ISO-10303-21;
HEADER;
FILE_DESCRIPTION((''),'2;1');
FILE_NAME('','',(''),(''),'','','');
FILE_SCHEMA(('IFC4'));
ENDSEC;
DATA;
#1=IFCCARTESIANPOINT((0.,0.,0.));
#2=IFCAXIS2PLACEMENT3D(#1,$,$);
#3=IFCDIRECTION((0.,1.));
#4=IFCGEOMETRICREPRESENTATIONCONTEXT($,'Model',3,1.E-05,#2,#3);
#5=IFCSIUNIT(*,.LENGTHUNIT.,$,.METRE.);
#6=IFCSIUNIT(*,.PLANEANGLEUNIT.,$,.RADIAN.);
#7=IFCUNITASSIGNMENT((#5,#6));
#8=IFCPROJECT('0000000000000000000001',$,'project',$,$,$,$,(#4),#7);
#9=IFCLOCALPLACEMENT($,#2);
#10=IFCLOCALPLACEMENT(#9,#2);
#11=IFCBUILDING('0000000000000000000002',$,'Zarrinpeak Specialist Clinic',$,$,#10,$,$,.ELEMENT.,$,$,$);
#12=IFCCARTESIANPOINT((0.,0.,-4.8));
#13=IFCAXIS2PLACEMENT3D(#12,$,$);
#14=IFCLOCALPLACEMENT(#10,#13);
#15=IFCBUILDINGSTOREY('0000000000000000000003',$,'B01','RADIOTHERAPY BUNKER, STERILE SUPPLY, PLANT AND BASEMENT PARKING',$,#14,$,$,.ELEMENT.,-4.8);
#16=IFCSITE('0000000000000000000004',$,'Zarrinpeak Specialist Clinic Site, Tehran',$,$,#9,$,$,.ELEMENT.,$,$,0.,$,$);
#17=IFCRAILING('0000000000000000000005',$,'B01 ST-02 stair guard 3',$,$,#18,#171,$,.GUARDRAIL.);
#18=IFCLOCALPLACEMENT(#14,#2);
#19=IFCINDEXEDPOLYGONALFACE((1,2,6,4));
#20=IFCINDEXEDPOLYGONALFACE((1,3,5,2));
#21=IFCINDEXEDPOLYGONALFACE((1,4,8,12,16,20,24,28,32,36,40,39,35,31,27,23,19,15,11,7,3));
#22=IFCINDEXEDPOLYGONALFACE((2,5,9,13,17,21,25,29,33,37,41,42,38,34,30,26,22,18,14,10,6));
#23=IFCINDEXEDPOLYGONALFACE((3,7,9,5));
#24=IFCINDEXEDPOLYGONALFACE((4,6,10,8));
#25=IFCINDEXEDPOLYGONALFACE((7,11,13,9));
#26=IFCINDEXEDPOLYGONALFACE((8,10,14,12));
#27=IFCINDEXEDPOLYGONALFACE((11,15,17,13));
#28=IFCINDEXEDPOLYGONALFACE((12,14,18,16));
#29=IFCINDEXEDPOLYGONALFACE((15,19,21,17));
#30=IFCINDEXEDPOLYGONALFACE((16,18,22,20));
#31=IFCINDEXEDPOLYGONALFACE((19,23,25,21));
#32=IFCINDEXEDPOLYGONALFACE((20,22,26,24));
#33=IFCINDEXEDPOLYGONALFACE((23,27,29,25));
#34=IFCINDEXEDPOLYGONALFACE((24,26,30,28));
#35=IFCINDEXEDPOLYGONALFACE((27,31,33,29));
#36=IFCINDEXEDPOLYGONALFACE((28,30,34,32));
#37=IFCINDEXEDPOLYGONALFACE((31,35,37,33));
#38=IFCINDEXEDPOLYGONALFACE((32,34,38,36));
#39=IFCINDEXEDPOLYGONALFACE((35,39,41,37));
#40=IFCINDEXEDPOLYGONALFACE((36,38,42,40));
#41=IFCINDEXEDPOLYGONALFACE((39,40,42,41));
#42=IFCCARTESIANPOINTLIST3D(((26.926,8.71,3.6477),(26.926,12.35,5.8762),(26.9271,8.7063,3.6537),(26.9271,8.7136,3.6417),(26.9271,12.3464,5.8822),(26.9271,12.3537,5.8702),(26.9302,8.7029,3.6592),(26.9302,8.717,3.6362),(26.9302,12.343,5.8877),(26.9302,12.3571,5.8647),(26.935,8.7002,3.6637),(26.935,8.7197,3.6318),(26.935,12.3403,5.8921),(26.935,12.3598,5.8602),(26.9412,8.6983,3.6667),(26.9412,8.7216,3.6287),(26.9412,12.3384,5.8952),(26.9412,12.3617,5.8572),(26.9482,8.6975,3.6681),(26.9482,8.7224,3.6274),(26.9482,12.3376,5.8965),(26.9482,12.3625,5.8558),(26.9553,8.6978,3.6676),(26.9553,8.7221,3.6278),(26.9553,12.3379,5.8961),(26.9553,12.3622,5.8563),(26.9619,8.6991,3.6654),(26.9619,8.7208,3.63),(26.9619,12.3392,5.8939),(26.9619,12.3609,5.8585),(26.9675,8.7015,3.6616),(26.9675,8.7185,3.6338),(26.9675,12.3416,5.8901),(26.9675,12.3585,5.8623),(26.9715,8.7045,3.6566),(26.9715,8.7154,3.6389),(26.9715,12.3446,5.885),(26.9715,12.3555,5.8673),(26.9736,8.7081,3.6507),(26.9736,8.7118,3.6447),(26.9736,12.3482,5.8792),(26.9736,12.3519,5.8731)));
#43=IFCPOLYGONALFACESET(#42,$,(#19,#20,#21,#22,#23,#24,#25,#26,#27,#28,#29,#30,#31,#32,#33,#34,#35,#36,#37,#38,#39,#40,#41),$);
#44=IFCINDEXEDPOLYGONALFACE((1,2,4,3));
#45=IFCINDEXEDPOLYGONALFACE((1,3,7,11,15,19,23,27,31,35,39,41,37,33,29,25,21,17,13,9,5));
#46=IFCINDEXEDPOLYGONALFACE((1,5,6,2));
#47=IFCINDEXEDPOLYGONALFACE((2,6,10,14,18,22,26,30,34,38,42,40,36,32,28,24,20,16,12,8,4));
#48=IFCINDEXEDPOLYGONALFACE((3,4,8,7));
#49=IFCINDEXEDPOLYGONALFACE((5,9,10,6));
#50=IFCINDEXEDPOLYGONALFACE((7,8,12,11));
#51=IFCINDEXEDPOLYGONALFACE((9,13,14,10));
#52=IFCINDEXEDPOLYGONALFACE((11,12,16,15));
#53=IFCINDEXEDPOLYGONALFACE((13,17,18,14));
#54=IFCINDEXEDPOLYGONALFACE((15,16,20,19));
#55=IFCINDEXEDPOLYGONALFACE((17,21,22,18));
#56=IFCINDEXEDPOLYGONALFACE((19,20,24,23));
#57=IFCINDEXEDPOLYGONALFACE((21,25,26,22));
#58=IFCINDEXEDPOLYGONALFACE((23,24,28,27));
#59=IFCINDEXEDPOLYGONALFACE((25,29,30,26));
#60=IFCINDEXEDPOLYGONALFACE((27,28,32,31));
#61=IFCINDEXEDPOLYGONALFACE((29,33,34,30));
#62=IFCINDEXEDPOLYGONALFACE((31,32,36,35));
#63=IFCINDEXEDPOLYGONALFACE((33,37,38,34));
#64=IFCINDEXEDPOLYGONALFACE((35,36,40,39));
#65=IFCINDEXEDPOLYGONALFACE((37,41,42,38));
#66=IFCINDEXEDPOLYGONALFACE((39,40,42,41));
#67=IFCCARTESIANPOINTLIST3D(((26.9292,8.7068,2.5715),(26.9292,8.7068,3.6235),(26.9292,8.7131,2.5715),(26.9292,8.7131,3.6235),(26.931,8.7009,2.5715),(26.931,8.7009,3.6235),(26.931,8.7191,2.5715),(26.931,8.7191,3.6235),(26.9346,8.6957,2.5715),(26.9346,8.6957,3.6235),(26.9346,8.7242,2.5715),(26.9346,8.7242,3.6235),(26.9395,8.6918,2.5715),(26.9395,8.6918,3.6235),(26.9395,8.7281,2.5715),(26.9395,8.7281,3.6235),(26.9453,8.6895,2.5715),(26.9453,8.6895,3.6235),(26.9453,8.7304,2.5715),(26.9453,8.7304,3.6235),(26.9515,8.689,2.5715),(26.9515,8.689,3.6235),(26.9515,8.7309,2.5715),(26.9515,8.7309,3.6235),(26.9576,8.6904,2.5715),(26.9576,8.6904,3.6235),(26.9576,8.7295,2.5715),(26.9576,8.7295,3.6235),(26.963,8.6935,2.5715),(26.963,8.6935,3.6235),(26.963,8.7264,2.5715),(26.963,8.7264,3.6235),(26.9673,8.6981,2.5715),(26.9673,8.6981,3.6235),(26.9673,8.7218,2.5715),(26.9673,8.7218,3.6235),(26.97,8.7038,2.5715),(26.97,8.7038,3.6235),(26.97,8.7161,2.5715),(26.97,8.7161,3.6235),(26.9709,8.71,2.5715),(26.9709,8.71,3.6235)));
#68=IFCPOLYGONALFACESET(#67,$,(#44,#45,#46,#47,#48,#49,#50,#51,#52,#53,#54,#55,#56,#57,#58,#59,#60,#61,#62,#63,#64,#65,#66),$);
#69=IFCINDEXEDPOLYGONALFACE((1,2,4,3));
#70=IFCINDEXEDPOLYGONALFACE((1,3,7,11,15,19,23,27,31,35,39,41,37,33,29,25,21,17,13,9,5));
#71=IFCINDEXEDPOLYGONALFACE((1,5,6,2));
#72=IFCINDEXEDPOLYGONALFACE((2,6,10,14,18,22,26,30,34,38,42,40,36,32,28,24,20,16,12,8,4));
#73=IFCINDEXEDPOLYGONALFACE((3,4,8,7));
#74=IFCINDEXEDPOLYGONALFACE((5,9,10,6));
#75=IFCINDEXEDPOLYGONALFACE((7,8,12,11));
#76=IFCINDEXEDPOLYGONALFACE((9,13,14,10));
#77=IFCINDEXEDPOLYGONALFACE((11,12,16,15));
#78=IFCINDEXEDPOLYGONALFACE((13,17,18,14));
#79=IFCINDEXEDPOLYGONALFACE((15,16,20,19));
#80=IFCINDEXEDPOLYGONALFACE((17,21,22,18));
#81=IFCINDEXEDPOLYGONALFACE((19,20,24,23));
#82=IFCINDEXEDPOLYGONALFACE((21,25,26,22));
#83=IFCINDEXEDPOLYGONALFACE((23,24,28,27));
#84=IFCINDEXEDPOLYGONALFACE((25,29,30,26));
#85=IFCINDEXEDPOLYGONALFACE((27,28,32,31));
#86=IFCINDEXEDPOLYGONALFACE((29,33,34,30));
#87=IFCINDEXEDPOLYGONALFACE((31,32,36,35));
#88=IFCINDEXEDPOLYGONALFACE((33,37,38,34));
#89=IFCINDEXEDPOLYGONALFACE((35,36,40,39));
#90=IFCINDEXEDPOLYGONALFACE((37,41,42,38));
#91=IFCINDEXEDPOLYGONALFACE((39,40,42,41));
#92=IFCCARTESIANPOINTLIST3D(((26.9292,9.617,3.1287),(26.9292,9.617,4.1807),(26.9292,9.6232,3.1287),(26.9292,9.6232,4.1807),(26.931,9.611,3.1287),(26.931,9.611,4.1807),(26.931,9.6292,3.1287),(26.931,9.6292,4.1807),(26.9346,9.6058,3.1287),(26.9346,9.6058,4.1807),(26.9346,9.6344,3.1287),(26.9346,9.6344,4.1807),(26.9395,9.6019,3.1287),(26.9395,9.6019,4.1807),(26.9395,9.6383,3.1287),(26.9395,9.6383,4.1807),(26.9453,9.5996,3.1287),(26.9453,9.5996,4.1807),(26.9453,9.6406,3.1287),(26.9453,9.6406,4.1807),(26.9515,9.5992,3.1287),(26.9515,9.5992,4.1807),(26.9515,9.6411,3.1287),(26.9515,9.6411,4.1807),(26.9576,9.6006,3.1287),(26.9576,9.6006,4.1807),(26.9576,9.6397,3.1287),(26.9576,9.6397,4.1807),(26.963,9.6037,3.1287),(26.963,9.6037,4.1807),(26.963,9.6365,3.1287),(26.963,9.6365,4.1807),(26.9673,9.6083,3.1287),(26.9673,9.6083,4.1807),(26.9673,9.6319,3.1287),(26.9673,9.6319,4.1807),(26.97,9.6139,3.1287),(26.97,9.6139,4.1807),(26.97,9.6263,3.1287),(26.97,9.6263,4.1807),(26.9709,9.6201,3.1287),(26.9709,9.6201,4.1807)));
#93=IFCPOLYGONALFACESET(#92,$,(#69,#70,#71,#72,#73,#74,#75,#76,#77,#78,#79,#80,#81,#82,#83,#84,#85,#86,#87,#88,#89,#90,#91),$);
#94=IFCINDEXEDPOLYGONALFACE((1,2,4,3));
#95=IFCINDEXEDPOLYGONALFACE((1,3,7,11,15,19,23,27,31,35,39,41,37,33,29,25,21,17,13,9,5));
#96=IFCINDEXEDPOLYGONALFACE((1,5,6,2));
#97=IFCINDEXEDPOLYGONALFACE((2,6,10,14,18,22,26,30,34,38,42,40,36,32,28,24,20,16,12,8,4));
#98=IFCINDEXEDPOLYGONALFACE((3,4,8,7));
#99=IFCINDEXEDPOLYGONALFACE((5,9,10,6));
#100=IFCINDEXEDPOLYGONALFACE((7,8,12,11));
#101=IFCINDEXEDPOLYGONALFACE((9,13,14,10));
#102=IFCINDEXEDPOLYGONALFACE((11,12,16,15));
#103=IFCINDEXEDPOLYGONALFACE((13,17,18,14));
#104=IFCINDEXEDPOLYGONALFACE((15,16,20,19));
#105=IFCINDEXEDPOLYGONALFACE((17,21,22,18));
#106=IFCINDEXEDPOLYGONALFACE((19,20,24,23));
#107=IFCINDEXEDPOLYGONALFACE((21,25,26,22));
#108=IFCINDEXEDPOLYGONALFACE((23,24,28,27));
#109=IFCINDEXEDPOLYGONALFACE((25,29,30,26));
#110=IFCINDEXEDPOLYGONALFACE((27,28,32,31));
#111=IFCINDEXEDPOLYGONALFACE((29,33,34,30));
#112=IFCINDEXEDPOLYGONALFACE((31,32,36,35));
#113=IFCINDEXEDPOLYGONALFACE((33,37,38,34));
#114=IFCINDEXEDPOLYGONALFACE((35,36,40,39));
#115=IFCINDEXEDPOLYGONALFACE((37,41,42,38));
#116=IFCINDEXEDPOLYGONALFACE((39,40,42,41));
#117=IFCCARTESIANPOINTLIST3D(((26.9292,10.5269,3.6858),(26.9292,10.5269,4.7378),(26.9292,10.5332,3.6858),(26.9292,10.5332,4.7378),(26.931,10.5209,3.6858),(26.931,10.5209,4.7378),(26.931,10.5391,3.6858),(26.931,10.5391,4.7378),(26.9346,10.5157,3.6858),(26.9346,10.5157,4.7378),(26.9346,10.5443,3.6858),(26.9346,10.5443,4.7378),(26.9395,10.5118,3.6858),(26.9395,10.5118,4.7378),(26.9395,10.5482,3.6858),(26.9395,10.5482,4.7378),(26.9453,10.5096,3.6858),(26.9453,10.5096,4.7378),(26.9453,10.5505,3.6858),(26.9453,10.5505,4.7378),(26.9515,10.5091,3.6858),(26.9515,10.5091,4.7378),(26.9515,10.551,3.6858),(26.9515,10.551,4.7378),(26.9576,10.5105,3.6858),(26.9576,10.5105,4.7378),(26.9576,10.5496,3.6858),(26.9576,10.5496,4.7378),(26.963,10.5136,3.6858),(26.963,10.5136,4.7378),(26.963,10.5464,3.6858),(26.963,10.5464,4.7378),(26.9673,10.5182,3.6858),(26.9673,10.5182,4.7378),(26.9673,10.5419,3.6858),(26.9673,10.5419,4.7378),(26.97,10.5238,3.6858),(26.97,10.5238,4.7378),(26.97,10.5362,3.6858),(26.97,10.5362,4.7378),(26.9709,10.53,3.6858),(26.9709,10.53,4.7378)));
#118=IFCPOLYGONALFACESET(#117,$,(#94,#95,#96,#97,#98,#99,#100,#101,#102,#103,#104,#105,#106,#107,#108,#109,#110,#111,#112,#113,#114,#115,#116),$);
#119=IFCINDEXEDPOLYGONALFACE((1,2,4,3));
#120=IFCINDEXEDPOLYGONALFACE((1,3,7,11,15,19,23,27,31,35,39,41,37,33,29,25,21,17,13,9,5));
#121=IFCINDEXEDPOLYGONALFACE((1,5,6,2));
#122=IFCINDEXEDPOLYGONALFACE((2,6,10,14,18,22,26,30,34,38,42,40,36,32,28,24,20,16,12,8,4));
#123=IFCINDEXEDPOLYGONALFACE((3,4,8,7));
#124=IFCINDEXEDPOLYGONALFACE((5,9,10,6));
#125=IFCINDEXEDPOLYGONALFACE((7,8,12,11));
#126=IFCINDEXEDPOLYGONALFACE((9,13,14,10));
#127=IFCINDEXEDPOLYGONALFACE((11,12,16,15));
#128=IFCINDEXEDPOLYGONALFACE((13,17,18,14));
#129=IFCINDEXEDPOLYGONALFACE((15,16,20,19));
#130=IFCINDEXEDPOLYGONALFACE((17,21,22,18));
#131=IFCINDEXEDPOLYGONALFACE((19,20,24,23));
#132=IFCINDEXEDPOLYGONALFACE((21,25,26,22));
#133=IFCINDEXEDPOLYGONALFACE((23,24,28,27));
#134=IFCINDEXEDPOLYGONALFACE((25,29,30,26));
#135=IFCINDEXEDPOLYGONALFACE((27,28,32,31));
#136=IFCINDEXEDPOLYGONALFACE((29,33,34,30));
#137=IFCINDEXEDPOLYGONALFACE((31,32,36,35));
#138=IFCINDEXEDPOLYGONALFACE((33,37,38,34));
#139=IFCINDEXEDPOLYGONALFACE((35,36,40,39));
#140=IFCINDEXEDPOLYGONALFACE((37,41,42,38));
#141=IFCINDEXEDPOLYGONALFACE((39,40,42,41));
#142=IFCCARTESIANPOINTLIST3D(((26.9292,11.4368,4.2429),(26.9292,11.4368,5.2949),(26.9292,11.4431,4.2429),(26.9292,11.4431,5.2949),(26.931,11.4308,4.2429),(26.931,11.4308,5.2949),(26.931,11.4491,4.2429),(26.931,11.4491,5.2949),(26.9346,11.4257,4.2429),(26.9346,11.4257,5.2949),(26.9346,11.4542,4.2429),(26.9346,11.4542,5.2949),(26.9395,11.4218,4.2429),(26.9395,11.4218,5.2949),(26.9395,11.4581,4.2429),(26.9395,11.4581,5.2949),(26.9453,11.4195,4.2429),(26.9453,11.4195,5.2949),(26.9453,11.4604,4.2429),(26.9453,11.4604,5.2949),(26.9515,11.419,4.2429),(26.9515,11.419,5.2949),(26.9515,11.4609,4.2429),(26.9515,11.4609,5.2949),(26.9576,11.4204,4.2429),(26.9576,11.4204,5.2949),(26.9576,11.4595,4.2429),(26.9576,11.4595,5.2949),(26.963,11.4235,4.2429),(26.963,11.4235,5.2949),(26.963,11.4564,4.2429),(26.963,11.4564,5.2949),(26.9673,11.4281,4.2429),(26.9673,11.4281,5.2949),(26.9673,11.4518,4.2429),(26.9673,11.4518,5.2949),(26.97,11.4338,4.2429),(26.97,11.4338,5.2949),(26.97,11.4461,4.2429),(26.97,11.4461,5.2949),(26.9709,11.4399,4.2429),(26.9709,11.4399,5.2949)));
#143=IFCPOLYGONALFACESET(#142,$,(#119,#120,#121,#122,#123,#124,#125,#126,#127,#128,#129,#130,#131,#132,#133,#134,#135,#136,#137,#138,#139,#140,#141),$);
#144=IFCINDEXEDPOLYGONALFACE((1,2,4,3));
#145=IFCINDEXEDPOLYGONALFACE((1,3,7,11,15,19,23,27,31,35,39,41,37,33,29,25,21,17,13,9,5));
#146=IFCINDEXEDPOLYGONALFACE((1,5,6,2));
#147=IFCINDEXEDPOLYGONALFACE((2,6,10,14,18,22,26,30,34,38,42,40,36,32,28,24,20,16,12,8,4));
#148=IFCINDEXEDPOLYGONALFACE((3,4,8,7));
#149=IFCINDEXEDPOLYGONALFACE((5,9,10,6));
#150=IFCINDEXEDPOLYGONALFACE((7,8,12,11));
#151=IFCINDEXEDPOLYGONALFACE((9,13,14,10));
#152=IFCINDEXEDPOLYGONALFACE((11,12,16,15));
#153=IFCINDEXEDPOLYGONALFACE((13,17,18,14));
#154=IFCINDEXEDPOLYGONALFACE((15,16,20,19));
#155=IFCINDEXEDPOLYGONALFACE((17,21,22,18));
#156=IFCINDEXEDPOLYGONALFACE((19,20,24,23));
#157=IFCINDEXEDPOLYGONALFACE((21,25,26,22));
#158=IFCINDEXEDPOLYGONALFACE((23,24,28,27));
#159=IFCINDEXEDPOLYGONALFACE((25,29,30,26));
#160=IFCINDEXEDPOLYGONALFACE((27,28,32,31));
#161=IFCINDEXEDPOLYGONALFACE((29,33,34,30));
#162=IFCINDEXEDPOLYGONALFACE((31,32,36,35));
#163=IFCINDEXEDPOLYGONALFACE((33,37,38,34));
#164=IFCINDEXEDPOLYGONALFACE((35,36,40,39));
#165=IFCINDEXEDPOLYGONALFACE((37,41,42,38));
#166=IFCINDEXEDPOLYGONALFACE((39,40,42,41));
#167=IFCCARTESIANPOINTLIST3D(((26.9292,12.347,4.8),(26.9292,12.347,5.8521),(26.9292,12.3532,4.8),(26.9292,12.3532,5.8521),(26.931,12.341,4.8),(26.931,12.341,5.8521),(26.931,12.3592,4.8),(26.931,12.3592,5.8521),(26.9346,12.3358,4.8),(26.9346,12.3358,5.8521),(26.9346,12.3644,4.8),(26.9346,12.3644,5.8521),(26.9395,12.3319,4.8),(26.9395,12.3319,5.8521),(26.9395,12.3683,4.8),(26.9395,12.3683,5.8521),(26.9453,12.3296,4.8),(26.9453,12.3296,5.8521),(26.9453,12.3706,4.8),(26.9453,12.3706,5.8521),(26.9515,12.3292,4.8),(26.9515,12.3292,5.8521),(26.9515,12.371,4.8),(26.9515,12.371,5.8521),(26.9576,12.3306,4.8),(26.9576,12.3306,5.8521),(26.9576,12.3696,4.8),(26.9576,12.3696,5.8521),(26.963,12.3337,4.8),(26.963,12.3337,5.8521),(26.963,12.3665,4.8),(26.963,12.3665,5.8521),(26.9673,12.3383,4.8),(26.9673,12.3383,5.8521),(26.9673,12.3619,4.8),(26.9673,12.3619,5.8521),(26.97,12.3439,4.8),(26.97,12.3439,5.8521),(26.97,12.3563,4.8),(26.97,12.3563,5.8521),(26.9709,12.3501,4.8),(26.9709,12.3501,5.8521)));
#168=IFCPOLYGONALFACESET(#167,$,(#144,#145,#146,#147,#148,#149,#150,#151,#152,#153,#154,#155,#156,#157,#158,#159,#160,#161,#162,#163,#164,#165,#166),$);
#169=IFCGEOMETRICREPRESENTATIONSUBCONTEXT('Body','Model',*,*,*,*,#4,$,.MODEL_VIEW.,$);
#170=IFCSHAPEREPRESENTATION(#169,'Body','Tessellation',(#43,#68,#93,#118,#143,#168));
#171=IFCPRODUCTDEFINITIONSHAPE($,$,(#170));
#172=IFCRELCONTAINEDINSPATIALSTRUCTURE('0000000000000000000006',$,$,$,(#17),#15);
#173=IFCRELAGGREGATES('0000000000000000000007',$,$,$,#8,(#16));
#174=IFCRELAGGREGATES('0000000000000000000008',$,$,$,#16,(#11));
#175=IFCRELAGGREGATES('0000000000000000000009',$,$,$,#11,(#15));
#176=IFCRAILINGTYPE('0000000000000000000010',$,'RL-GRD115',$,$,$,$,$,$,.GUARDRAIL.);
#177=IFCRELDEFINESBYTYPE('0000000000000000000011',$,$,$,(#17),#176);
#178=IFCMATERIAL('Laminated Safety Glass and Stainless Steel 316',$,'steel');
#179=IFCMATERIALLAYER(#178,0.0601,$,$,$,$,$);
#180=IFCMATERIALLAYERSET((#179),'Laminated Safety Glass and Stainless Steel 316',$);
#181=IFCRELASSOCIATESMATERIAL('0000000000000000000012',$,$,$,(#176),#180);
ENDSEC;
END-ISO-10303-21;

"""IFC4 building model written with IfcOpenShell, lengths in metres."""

from ifc_helpers import new_model, si_unit, direction, frame, origin, origin_2d, place, context, subcontext, project, spatial, circle, extrude, material, layer, layer_set, type_object, element, save


model = new_model("IFC4")

# Units and contexts
model_context = context("Model", 3, precision=1e-05, world=origin(), true_north=direction((0.0, 1.0)))
body_context = subcontext(model_context, "Body", "Model", "MODEL_VIEW")
ifc_project = project(units=[si_unit("LENGTHUNIT", "METRE"), si_unit("PLANEANGLEUNIT", "RADIAN")], contexts=[model_context])

# Site, building, storey
site_placement = place(None, origin())
site = spatial("IfcSite", under=ifc_project, at=site_placement, Name="Zarrinpeak Specialist Clinic Site, Tehran", CompositionType="ELEMENT", RefElevation=0.0)
building_placement = place(site_placement, origin())
building = spatial("IfcBuilding", under=site, at=building_placement, Name="Zarrinpeak Specialist Clinic", CompositionType="ELEMENT")
storey_placement = place(building_placement, frame((0.0, 0.0, -4.8)))
storey = spatial("IfcBuildingStorey", under=building, at=storey_placement, Name="B01", Description="RADIOTHERAPY BUNKER, STERILE SUPPLY, PLANT AND BASEMENT PARKING", CompositionType="ELEMENT", Elevation=-4.8)

# Railing
ifc_material_1 = material(Name="Laminated Safety Glass and Stainless Steel 316", Category="steel")
ifc_layer_1 = layer(ifc_material_1, 0.0601)
ifc_layer_set_1 = layer_set([ifc_layer_1], Name="Laminated Safety Glass and Stainless Steel 316")
railing_type_1 = type_object("IfcRailingType", Name="RL-GRD115", PredefinedType="GUARDRAIL", material=ifc_layer_set_1)
railing_1_placement = place(storey_placement, frame((26.95, 8.71, 2.5715)))
element("IfcRailing", 1, at=railing_1_placement, inside=storey, type_object=railing_type_1, Name="B01 ST-02 stair guard 3", PredefinedType="GUARDRAIL", context=body_context, shape_type="SweptSolid", body=[
    extrude(circle(Radius=0.0239, at=origin_2d()), frame((0.0, 0.0, 1.0762), z_axis=(0.0, 0.852866, 0.52213), x_axis=(-1.0, 0.0, 0.0)), (0.0, 0.0, 1.0), 4.2681),
    extrude(circle(Radius=0.021, at=origin_2d()), origin(), (0.0, 0.0, 1.0), 1.052),
    extrude(circle(Radius=0.021, at=origin_2d()), frame((0.0, 0.9102, 0.5571)), (0.0, 0.0, 1.0), 1.052),
    extrude(circle(Radius=0.021, at=origin_2d()), frame((0.0, 1.8201, 1.1143)), (0.0, 0.0, 1.0), 1.052),
    extrude(circle(Radius=0.021, at=origin_2d()), frame((0.0, 2.73, 1.6714)), (0.0, 0.0, 1.0), 1.052),
    extrude(circle(Radius=0.021, at=origin_2d()), frame((0.0, 3.6401, 2.2285)), (0.0, 0.0, 1.0), 1.052),
])

save(model, "model.ifc")
